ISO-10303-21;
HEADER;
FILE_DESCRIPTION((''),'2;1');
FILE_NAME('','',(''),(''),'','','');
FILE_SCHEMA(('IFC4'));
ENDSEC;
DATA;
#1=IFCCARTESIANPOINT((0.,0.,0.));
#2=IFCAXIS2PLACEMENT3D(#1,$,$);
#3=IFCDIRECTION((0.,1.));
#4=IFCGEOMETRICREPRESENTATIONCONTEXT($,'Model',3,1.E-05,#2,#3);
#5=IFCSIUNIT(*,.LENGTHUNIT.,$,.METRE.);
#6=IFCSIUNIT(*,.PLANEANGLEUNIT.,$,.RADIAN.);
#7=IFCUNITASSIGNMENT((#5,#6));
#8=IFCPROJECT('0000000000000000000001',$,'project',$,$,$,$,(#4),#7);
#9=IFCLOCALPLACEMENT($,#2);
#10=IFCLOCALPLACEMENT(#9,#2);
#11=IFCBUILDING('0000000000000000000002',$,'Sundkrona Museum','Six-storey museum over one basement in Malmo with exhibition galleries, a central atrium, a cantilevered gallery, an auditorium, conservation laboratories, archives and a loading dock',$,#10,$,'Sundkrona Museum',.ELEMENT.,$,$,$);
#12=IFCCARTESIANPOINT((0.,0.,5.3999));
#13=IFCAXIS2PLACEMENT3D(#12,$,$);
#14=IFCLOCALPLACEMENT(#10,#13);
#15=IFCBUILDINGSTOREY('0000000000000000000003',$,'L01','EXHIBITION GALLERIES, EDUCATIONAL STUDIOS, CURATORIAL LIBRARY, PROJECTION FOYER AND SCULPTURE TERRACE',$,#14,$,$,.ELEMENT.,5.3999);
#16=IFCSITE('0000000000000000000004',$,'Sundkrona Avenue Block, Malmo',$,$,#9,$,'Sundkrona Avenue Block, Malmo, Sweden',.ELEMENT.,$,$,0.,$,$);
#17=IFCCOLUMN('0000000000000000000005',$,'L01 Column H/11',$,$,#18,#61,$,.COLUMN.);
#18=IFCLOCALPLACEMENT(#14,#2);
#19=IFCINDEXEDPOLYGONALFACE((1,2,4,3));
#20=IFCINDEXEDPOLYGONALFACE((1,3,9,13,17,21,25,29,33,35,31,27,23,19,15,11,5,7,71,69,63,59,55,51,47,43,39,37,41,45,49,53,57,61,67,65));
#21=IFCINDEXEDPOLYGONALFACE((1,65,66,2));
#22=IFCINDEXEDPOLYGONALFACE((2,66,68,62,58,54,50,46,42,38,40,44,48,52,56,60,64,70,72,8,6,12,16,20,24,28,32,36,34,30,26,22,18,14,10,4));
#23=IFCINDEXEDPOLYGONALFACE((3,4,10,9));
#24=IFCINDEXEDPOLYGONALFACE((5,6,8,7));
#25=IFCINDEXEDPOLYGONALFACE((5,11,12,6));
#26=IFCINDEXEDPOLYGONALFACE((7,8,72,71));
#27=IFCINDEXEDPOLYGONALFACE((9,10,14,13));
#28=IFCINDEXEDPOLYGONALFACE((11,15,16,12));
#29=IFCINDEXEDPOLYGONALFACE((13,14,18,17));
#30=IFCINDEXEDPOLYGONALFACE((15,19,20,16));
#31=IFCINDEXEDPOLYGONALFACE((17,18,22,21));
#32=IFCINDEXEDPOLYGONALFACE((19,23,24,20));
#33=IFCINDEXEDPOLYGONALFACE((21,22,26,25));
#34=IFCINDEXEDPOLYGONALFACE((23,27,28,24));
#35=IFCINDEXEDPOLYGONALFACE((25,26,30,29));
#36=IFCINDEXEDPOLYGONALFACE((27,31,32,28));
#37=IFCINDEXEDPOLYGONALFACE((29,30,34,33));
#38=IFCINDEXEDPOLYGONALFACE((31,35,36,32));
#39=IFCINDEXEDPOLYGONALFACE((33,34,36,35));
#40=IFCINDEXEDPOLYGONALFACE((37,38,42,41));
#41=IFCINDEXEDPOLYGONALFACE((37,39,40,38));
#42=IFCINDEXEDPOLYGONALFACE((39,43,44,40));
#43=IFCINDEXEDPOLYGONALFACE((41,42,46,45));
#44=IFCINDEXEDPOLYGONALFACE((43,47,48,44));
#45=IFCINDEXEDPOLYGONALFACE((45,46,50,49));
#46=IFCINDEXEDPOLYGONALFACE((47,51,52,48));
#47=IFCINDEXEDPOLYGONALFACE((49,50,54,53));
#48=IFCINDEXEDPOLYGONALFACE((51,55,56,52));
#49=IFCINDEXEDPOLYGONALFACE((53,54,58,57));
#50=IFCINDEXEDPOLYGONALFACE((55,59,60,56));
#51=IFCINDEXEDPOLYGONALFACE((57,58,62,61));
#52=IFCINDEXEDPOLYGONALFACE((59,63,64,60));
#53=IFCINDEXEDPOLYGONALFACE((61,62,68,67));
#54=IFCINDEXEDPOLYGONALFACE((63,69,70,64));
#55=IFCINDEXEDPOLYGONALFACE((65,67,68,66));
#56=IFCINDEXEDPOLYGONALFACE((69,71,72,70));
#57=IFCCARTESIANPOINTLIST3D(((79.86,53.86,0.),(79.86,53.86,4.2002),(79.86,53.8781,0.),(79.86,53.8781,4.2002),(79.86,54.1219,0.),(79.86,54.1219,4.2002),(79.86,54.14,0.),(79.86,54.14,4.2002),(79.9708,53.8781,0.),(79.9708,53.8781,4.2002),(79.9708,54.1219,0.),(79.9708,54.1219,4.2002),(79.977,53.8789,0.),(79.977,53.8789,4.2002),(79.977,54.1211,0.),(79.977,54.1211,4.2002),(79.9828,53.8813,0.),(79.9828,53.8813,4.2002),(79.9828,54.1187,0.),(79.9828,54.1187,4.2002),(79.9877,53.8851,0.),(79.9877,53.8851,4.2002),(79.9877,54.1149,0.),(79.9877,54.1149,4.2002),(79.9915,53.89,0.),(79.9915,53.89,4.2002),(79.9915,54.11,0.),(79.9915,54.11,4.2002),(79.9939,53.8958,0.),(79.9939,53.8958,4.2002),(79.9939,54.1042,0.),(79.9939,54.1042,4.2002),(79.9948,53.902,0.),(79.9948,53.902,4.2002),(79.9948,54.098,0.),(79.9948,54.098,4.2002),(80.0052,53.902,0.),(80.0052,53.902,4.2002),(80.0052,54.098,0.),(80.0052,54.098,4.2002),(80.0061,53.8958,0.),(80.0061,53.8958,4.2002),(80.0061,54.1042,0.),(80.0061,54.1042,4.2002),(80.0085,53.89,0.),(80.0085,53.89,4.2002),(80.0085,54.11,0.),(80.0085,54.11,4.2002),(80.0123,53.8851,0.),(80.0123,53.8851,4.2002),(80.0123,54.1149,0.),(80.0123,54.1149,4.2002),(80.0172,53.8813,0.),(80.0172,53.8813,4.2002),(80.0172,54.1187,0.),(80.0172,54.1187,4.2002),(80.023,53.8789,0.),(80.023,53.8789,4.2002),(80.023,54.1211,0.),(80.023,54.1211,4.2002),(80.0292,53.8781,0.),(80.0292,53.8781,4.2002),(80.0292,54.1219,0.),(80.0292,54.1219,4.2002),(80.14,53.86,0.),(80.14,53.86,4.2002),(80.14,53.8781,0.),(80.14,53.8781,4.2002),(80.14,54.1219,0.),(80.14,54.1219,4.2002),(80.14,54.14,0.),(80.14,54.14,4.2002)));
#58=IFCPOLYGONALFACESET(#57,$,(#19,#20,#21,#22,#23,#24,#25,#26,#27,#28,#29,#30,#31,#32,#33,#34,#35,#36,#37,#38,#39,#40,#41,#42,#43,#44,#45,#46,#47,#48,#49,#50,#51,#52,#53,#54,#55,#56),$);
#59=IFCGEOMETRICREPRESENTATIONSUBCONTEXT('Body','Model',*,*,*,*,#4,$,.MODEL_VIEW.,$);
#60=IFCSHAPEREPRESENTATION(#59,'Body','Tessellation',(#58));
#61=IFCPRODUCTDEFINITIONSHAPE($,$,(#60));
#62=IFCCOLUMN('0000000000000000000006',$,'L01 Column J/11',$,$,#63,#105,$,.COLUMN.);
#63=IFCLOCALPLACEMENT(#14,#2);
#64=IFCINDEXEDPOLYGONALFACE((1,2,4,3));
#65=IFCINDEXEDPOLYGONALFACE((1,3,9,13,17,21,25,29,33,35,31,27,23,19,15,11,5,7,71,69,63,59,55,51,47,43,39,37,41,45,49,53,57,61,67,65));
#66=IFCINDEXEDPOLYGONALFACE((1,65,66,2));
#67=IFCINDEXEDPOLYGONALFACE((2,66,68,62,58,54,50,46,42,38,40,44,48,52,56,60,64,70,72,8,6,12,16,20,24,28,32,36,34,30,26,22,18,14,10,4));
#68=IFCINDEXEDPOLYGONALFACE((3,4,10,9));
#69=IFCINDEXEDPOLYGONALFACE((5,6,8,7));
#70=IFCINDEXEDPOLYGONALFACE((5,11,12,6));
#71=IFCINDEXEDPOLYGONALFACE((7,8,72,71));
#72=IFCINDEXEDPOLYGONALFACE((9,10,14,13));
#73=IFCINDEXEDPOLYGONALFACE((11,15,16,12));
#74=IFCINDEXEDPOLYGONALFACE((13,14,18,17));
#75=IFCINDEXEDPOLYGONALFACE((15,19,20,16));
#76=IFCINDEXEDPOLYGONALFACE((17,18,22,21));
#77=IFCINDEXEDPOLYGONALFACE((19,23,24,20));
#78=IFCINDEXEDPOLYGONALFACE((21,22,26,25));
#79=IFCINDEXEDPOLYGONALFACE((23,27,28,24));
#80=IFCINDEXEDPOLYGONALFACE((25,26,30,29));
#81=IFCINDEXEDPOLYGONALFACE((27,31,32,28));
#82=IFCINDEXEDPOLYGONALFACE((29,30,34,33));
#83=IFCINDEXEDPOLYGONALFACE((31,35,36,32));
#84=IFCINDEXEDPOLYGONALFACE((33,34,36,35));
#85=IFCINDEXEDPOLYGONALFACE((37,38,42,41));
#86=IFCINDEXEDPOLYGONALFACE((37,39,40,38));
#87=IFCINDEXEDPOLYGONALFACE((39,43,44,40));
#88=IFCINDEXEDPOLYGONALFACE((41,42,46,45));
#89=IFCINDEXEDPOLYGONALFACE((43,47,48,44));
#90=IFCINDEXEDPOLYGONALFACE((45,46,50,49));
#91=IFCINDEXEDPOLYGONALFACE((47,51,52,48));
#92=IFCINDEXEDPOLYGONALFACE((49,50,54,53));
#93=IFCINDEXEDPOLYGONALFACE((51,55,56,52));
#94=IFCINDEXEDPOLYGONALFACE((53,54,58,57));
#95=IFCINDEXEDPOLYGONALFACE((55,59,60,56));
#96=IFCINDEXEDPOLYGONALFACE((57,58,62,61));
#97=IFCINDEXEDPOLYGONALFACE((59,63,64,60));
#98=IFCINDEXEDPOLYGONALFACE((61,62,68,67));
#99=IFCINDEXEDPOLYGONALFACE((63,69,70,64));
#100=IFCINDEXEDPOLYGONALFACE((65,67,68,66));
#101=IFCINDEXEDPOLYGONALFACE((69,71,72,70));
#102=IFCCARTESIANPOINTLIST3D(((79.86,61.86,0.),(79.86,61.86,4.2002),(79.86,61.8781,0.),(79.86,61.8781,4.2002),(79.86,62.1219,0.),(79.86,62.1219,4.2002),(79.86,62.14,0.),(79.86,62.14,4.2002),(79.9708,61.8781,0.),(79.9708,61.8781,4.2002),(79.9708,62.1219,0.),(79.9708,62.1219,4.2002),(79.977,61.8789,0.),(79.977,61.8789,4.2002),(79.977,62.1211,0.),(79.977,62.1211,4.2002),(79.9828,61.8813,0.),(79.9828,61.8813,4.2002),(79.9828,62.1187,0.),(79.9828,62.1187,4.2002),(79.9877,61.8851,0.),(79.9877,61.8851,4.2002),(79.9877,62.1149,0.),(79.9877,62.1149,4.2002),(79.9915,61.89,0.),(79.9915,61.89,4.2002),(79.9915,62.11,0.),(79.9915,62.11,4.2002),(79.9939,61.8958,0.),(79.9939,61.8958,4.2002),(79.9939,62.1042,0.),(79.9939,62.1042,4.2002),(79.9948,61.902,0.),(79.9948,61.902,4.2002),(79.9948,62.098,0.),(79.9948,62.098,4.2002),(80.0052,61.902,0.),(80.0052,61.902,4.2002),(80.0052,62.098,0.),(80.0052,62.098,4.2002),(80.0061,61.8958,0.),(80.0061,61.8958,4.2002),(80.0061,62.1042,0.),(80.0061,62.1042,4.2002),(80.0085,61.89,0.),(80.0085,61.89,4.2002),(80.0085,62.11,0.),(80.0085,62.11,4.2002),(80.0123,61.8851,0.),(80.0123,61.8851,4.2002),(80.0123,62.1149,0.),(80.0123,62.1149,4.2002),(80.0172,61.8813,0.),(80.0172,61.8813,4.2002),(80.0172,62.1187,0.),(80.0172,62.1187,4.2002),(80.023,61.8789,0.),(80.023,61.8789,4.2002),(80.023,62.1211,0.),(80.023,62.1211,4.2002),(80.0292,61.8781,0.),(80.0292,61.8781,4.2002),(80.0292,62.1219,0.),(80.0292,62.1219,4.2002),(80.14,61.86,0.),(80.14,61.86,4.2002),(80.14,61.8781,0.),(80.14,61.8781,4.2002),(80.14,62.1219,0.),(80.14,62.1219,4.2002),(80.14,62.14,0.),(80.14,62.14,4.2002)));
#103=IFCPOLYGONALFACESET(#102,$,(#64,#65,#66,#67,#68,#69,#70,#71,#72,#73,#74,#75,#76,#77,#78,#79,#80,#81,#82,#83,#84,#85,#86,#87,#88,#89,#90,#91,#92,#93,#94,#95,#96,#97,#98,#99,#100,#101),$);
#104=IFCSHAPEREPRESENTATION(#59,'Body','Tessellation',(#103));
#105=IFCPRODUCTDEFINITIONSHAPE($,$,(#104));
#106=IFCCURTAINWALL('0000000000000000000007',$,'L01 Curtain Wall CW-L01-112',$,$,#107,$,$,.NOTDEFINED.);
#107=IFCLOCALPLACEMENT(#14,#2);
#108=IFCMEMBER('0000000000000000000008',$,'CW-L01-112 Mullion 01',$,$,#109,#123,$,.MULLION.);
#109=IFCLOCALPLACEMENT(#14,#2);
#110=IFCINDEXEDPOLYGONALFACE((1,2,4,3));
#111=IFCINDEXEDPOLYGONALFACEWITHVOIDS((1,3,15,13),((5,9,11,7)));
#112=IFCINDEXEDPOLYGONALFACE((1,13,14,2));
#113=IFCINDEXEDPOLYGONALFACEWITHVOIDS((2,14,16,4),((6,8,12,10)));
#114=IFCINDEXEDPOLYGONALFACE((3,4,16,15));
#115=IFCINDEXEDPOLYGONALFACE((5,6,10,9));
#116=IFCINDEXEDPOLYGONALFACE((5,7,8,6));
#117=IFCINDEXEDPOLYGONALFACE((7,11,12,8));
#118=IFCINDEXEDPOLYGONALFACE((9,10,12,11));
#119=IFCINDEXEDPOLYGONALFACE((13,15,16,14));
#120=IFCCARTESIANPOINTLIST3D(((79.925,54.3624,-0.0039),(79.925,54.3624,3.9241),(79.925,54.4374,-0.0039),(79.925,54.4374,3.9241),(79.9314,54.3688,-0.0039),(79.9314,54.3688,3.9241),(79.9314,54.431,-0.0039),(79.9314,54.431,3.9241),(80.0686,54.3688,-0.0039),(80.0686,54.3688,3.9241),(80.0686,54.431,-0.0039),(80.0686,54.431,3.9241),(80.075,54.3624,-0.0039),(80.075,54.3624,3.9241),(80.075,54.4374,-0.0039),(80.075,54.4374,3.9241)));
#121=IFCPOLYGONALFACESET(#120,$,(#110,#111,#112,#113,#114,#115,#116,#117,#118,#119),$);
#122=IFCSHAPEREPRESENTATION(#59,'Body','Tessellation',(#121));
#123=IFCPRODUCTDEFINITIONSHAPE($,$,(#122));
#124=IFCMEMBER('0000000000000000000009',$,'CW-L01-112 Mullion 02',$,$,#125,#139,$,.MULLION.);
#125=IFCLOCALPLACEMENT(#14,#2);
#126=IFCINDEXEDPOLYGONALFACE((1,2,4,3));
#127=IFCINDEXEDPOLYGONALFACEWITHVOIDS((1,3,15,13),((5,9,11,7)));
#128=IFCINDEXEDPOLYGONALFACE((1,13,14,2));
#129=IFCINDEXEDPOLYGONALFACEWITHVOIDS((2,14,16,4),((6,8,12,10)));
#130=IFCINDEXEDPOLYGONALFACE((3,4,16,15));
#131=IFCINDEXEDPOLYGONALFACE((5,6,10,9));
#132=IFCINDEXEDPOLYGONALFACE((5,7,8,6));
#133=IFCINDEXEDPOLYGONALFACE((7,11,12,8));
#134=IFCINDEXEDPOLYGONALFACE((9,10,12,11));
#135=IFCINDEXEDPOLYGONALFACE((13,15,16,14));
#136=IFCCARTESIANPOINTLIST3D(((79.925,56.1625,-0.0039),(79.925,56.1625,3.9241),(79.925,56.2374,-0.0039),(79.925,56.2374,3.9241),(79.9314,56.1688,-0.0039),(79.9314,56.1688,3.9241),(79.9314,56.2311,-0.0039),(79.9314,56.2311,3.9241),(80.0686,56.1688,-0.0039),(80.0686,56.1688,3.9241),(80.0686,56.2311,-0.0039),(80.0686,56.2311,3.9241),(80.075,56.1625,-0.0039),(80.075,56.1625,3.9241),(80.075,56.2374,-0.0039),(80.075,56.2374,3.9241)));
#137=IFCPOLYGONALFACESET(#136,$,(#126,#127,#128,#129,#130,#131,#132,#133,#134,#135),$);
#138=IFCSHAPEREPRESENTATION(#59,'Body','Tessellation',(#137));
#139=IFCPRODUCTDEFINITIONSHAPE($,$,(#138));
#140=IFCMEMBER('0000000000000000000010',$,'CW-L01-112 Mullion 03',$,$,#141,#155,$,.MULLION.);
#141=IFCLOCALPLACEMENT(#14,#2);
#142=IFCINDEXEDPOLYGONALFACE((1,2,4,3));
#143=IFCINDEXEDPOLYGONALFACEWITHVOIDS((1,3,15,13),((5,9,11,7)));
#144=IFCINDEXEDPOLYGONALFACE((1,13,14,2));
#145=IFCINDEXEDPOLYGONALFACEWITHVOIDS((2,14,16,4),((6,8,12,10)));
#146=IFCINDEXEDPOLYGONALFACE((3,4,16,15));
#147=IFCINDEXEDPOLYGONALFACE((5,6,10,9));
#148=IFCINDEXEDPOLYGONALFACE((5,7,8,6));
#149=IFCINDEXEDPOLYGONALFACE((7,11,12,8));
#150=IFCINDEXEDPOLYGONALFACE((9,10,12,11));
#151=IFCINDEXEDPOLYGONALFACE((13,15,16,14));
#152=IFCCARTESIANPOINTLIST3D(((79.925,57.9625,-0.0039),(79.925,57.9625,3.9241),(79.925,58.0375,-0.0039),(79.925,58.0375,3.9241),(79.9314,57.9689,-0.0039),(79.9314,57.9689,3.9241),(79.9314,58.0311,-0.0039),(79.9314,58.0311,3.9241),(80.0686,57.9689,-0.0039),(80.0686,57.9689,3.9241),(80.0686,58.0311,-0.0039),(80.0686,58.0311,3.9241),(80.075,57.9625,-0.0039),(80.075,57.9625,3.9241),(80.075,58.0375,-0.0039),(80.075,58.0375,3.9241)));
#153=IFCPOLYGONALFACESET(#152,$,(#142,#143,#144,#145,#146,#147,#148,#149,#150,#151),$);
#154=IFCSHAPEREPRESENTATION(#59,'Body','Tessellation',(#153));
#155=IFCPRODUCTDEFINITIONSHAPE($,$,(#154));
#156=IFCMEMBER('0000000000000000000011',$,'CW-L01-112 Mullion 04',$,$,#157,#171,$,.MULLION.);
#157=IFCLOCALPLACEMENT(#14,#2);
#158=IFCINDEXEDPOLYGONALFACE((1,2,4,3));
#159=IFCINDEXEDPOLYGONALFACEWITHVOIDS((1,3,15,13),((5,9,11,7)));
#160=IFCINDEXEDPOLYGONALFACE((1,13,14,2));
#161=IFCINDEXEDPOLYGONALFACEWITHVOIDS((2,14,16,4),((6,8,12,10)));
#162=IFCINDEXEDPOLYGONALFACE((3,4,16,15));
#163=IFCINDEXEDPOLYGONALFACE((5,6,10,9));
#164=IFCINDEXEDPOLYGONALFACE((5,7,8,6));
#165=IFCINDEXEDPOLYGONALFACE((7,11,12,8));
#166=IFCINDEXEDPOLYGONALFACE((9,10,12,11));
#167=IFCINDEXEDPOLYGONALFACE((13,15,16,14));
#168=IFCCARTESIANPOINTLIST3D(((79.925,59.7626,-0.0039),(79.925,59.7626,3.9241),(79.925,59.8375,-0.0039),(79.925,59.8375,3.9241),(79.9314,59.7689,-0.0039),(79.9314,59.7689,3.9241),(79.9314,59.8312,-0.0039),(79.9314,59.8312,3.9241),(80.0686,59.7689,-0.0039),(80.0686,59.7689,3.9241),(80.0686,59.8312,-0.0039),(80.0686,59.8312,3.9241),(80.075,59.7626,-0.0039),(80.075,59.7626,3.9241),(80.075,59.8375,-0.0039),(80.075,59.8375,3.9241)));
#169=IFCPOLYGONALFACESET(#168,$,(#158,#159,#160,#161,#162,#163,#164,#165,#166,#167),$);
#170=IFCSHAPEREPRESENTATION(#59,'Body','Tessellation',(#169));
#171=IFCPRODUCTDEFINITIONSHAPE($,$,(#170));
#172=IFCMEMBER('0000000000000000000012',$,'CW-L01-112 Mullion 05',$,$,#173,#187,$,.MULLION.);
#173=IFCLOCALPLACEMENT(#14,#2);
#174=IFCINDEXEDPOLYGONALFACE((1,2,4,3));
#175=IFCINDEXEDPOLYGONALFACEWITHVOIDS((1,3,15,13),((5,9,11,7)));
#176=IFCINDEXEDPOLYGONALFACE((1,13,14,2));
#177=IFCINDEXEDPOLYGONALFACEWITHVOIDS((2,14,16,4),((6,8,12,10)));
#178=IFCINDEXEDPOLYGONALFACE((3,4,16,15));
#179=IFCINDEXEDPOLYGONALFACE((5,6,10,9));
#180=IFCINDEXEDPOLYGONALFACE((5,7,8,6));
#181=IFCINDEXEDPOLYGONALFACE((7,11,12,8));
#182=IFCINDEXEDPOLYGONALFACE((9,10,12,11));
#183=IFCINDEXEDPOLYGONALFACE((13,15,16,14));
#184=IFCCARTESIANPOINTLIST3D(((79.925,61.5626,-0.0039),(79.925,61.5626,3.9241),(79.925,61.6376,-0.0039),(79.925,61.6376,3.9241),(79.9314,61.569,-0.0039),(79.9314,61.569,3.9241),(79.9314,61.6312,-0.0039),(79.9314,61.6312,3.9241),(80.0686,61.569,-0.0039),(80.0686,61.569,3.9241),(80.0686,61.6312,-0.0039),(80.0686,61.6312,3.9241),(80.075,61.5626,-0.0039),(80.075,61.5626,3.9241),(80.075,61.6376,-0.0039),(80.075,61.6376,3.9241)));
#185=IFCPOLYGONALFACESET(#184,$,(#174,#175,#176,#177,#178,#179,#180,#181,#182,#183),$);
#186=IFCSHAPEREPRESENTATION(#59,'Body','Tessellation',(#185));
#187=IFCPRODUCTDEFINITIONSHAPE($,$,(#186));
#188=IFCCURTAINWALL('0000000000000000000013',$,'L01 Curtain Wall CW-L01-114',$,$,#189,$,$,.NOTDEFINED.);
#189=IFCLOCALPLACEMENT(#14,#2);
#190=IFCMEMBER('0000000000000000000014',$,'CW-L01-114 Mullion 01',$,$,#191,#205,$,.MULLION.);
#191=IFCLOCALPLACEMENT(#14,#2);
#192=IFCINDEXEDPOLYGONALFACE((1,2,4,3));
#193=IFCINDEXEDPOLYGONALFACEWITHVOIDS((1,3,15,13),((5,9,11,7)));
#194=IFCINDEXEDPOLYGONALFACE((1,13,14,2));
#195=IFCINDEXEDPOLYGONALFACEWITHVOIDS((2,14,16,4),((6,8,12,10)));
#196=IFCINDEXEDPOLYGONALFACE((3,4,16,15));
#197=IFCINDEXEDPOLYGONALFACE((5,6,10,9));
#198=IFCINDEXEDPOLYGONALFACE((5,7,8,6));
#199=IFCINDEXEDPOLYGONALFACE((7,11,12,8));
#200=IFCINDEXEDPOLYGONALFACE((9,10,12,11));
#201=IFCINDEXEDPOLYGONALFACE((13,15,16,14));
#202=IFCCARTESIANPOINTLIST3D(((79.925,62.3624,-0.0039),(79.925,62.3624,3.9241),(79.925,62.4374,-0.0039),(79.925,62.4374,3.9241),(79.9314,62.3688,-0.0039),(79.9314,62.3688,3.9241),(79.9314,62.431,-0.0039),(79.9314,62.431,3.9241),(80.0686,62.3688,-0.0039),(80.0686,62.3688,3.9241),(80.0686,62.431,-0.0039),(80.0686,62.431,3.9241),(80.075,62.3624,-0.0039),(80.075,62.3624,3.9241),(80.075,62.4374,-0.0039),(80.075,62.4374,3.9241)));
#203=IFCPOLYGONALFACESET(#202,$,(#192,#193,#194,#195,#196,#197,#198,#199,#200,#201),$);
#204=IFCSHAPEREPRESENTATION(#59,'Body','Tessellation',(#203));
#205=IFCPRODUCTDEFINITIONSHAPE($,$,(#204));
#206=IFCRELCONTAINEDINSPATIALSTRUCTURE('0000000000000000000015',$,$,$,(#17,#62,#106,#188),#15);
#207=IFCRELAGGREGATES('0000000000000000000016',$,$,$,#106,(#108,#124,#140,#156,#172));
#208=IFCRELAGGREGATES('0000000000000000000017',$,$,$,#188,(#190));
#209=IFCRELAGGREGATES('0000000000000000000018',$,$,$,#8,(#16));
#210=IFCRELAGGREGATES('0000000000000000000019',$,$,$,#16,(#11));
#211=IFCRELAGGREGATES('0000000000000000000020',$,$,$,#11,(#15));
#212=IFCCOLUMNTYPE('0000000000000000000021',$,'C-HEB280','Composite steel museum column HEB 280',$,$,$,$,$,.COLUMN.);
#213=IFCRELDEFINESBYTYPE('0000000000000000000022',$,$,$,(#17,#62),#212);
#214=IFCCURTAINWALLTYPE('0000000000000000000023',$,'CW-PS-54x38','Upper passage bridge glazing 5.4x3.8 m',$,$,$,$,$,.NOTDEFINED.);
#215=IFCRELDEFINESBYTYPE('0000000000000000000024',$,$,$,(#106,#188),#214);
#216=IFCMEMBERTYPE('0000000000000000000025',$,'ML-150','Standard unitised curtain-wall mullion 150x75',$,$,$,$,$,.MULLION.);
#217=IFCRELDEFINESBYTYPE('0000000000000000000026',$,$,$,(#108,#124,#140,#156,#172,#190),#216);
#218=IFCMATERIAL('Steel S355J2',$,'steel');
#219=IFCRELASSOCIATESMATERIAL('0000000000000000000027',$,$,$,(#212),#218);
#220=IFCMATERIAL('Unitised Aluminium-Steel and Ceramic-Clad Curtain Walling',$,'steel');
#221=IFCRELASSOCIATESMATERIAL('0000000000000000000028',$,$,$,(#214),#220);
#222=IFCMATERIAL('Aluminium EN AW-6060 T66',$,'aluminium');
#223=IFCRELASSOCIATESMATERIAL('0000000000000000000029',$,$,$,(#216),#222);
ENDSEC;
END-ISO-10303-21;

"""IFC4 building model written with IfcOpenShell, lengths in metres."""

from ifc_helpers import new_model, si_unit, direction, frame, origin, origin_2d, place, context, subcontext, project, spatial, hollow_rectangle, i_section, extrude, material, material_profile, profile_set, type_object, element, aggregate, save


model = new_model("IFC4")

# Units and contexts
model_context = context("Model", 3, precision=1e-05, world=origin(), true_north=direction((0.0, 1.0)))
body_context = subcontext(model_context, "Body", "Model", "MODEL_VIEW")
ifc_project = project(units=[si_unit("LENGTHUNIT", "METRE"), si_unit("PLANEANGLEUNIT", "RADIAN")], contexts=[model_context])

# Site, building, storey
site_placement = place(None, origin())
site = spatial("IfcSite", under=ifc_project, at=site_placement, Name="Sundkrona Avenue Block, Malmo", LongName="Sundkrona Avenue Block, Malmo, Sweden", CompositionType="ELEMENT", RefElevation=0.0)
building_placement = place(site_placement, origin())
building = spatial("IfcBuilding", under=site, at=building_placement, Name="Sundkrona Museum", Description="Six-storey museum over one basement in Malmo with exhibition galleries, a central atrium, a cantilevered gallery, an auditorium, conservation laboratories, archives and a loading dock", LongName="Sundkrona Museum", CompositionType="ELEMENT")
storey_placement = place(building_placement, frame((0.0, 0.0, 5.3999)))
storey = spatial("IfcBuildingStorey", under=building, at=storey_placement, Name="L01", Description="EXHIBITION GALLERIES, EDUCATIONAL STUDIOS, CURATORIAL LIBRARY, PROJECTION FOYER AND SCULPTURE TERRACE", CompositionType="ELEMENT", Elevation=5.3999)

# Columns
ifc_material_1 = material(Name="Steel S355J2", Category="steel")
ifc_material_profile_1 = material_profile(ifc_material_1, i_section(OverallWidth=0.28, OverallDepth=0.28, WebThickness=0.0105, FlangeThickness=0.0181, FilletRadius=0.0239, at=origin_2d()), Name="HEB 280")
ifc_profile_set_1 = profile_set([ifc_material_profile_1], Name="Steel S355J2")
column_type = type_object("IfcColumnType", Name="C-HEB280", Description="Composite steel museum column HEB 280", PredefinedType="COLUMN", material=ifc_profile_set_1)
for number, where, z_axis, x_axis, name in (
    (1, (80.0, 54.0, 0.0), (0.0, 0.0, 1.0), (1.0, 0.0, 0.0), "L01 Column H/11"),
    (2, (80.0, 62.0, 0.0), (0.0, 0.0, 1.0), (1.0, 0.0, 0.0), "L01 Column J/11"),
):
    element("IfcColumn", number, at=place(storey_placement, frame(where, z_axis=z_axis, x_axis=x_axis)), inside=storey, type_object=column_type, Name=name, PredefinedType="COLUMN", context=body_context, shape_type="SweptSolid", body=[
        extrude(i_section(OverallWidth=0.28, OverallDepth=0.28, WebThickness=0.0105, FlangeThickness=0.0181, FilletRadius=0.0239, at=origin_2d()), origin(), (0.0, 0.0, 1.0), 4.2002),
    ])

# Curtain walls, members
ifc_material_2 = material(Name="Unitised Aluminium-Steel and Ceramic-Clad Curtain Walling", Category="steel")
curtain_wall_type = type_object("IfcCurtainWallType", Name="CW-PS-54x38", Description="Upper passage bridge glazing 5.4x3.8 m", PredefinedType="NOTDEFINED", material=ifc_material_2)
curtain_wall_1_placement = place(storey_placement, origin())
curtain_wall_1 = element("IfcCurtainWall", 3, at=curtain_wall_1_placement, inside=storey, type_object=curtain_wall_type, Name="L01 Curtain Wall CW-L01-112", PredefinedType="NOTDEFINED")
ifc_material_3 = material(Name="Aluminium EN AW-6060 T66", Category="aluminium")
ifc_material_profile_2 = material_profile(ifc_material_3, hollow_rectangle(XDim=0.075, YDim=0.1499, WallThickness=0.0063, at=origin_2d()), Name="RHS 150x75x6.3")
ifc_profile_set_2 = profile_set([ifc_material_profile_2], Name="Aluminium EN AW-6060 T66")
member_type_1 = type_object("IfcMemberType", Name="ML-150", Description="Standard unitised curtain-wall mullion 150x75", PredefinedType="MULLION", material=ifc_profile_set_2)
member_1_placement = place(storey_placement, frame((80.0, 54.3999, -0.0039), z_axis=(0.0, 0.0, 1.0), x_axis=(0.0, 1.0, 0.0)))
member_1 = element("IfcMember", 4, at=member_1_placement, type_object=member_type_1, Name="CW-L01-112 Mullion 01", PredefinedType="MULLION", context=body_context, shape_type="SweptSolid", body=[
    extrude(hollow_rectangle(XDim=0.075, YDim=0.1499, WallThickness=0.0063, at=origin_2d()), origin(), (0.0, 0.0, 1.0), 3.928),
])
member_2_placement = place(storey_placement, frame((80.0, 56.2, -0.0039), z_axis=(0.0, 0.0, 1.0), x_axis=(0.0, 1.0, 0.0)))
member_2 = element("IfcMember", 5, at=member_2_placement, type_object=member_type_1, Name="CW-L01-112 Mullion 02", PredefinedType="MULLION", context=body_context, shape_type="SweptSolid", body=[
    extrude(hollow_rectangle(XDim=0.075, YDim=0.1499, WallThickness=0.0063, at=origin_2d()), origin(), (0.0, 0.0, 1.0), 3.928),
])
member_3_placement = place(storey_placement, frame((80.0, 58.0, -0.0039), z_axis=(0.0, 0.0, 1.0), x_axis=(0.0, 1.0, 0.0)))
member_3 = element("IfcMember", 6, at=member_3_placement, type_object=member_type_1, Name="CW-L01-112 Mullion 03", PredefinedType="MULLION", context=body_context, shape_type="SweptSolid", body=[
    extrude(hollow_rectangle(XDim=0.075, YDim=0.1499, WallThickness=0.0063, at=origin_2d()), origin(), (0.0, 0.0, 1.0), 3.928),
])
member_4_placement = place(storey_placement, frame((80.0, 59.8, -0.0039), z_axis=(0.0, 0.0, 1.0), x_axis=(0.0, 1.0, 0.0)))
member_4 = element("IfcMember", 7, at=member_4_placement, type_object=member_type_1, Name="CW-L01-112 Mullion 04", PredefinedType="MULLION", context=body_context, shape_type="SweptSolid", body=[
    extrude(hollow_rectangle(XDim=0.075, YDim=0.1499, WallThickness=0.0063, at=origin_2d()), origin(), (0.0, 0.0, 1.0), 3.928),
])
member_5_placement = place(storey_placement, frame((80.0, 61.6001, -0.0039), z_axis=(0.0, 0.0, 1.0), x_axis=(0.0, 1.0, 0.0)))
member_5 = element("IfcMember", 8, at=member_5_placement, type_object=member_type_1, Name="CW-L01-112 Mullion 05", PredefinedType="MULLION", context=body_context, shape_type="SweptSolid", body=[
    extrude(hollow_rectangle(XDim=0.075, YDim=0.1499, WallThickness=0.0063, at=origin_2d()), origin(), (0.0, 0.0, 1.0), 3.928),
])
curtain_wall_2_placement = place(storey_placement, origin())
curtain_wall_2 = element("IfcCurtainWall", 9, at=curtain_wall_2_placement, inside=storey, type_object=curtain_wall_type, Name="L01 Curtain Wall CW-L01-114", PredefinedType="NOTDEFINED")
member_6_placement = place(storey_placement, frame((80.0, 62.3999, -0.0039), z_axis=(0.0, 0.0, 1.0), x_axis=(0.0, 1.0, 0.0)))
member_6 = element("IfcMember", 10, at=member_6_placement, type_object=member_type_1, Name="CW-L01-114 Mullion 01", PredefinedType="MULLION", context=body_context, shape_type="SweptSolid", body=[
    extrude(hollow_rectangle(XDim=0.075, YDim=0.1499, WallThickness=0.0063, at=origin_2d()), origin(), (0.0, 0.0, 1.0), 3.928),
])

aggregate(curtain_wall_1, [member_1, member_2, member_3, member_4, member_5])
aggregate(curtain_wall_2, [member_6])

save(model, "model.ifc")
